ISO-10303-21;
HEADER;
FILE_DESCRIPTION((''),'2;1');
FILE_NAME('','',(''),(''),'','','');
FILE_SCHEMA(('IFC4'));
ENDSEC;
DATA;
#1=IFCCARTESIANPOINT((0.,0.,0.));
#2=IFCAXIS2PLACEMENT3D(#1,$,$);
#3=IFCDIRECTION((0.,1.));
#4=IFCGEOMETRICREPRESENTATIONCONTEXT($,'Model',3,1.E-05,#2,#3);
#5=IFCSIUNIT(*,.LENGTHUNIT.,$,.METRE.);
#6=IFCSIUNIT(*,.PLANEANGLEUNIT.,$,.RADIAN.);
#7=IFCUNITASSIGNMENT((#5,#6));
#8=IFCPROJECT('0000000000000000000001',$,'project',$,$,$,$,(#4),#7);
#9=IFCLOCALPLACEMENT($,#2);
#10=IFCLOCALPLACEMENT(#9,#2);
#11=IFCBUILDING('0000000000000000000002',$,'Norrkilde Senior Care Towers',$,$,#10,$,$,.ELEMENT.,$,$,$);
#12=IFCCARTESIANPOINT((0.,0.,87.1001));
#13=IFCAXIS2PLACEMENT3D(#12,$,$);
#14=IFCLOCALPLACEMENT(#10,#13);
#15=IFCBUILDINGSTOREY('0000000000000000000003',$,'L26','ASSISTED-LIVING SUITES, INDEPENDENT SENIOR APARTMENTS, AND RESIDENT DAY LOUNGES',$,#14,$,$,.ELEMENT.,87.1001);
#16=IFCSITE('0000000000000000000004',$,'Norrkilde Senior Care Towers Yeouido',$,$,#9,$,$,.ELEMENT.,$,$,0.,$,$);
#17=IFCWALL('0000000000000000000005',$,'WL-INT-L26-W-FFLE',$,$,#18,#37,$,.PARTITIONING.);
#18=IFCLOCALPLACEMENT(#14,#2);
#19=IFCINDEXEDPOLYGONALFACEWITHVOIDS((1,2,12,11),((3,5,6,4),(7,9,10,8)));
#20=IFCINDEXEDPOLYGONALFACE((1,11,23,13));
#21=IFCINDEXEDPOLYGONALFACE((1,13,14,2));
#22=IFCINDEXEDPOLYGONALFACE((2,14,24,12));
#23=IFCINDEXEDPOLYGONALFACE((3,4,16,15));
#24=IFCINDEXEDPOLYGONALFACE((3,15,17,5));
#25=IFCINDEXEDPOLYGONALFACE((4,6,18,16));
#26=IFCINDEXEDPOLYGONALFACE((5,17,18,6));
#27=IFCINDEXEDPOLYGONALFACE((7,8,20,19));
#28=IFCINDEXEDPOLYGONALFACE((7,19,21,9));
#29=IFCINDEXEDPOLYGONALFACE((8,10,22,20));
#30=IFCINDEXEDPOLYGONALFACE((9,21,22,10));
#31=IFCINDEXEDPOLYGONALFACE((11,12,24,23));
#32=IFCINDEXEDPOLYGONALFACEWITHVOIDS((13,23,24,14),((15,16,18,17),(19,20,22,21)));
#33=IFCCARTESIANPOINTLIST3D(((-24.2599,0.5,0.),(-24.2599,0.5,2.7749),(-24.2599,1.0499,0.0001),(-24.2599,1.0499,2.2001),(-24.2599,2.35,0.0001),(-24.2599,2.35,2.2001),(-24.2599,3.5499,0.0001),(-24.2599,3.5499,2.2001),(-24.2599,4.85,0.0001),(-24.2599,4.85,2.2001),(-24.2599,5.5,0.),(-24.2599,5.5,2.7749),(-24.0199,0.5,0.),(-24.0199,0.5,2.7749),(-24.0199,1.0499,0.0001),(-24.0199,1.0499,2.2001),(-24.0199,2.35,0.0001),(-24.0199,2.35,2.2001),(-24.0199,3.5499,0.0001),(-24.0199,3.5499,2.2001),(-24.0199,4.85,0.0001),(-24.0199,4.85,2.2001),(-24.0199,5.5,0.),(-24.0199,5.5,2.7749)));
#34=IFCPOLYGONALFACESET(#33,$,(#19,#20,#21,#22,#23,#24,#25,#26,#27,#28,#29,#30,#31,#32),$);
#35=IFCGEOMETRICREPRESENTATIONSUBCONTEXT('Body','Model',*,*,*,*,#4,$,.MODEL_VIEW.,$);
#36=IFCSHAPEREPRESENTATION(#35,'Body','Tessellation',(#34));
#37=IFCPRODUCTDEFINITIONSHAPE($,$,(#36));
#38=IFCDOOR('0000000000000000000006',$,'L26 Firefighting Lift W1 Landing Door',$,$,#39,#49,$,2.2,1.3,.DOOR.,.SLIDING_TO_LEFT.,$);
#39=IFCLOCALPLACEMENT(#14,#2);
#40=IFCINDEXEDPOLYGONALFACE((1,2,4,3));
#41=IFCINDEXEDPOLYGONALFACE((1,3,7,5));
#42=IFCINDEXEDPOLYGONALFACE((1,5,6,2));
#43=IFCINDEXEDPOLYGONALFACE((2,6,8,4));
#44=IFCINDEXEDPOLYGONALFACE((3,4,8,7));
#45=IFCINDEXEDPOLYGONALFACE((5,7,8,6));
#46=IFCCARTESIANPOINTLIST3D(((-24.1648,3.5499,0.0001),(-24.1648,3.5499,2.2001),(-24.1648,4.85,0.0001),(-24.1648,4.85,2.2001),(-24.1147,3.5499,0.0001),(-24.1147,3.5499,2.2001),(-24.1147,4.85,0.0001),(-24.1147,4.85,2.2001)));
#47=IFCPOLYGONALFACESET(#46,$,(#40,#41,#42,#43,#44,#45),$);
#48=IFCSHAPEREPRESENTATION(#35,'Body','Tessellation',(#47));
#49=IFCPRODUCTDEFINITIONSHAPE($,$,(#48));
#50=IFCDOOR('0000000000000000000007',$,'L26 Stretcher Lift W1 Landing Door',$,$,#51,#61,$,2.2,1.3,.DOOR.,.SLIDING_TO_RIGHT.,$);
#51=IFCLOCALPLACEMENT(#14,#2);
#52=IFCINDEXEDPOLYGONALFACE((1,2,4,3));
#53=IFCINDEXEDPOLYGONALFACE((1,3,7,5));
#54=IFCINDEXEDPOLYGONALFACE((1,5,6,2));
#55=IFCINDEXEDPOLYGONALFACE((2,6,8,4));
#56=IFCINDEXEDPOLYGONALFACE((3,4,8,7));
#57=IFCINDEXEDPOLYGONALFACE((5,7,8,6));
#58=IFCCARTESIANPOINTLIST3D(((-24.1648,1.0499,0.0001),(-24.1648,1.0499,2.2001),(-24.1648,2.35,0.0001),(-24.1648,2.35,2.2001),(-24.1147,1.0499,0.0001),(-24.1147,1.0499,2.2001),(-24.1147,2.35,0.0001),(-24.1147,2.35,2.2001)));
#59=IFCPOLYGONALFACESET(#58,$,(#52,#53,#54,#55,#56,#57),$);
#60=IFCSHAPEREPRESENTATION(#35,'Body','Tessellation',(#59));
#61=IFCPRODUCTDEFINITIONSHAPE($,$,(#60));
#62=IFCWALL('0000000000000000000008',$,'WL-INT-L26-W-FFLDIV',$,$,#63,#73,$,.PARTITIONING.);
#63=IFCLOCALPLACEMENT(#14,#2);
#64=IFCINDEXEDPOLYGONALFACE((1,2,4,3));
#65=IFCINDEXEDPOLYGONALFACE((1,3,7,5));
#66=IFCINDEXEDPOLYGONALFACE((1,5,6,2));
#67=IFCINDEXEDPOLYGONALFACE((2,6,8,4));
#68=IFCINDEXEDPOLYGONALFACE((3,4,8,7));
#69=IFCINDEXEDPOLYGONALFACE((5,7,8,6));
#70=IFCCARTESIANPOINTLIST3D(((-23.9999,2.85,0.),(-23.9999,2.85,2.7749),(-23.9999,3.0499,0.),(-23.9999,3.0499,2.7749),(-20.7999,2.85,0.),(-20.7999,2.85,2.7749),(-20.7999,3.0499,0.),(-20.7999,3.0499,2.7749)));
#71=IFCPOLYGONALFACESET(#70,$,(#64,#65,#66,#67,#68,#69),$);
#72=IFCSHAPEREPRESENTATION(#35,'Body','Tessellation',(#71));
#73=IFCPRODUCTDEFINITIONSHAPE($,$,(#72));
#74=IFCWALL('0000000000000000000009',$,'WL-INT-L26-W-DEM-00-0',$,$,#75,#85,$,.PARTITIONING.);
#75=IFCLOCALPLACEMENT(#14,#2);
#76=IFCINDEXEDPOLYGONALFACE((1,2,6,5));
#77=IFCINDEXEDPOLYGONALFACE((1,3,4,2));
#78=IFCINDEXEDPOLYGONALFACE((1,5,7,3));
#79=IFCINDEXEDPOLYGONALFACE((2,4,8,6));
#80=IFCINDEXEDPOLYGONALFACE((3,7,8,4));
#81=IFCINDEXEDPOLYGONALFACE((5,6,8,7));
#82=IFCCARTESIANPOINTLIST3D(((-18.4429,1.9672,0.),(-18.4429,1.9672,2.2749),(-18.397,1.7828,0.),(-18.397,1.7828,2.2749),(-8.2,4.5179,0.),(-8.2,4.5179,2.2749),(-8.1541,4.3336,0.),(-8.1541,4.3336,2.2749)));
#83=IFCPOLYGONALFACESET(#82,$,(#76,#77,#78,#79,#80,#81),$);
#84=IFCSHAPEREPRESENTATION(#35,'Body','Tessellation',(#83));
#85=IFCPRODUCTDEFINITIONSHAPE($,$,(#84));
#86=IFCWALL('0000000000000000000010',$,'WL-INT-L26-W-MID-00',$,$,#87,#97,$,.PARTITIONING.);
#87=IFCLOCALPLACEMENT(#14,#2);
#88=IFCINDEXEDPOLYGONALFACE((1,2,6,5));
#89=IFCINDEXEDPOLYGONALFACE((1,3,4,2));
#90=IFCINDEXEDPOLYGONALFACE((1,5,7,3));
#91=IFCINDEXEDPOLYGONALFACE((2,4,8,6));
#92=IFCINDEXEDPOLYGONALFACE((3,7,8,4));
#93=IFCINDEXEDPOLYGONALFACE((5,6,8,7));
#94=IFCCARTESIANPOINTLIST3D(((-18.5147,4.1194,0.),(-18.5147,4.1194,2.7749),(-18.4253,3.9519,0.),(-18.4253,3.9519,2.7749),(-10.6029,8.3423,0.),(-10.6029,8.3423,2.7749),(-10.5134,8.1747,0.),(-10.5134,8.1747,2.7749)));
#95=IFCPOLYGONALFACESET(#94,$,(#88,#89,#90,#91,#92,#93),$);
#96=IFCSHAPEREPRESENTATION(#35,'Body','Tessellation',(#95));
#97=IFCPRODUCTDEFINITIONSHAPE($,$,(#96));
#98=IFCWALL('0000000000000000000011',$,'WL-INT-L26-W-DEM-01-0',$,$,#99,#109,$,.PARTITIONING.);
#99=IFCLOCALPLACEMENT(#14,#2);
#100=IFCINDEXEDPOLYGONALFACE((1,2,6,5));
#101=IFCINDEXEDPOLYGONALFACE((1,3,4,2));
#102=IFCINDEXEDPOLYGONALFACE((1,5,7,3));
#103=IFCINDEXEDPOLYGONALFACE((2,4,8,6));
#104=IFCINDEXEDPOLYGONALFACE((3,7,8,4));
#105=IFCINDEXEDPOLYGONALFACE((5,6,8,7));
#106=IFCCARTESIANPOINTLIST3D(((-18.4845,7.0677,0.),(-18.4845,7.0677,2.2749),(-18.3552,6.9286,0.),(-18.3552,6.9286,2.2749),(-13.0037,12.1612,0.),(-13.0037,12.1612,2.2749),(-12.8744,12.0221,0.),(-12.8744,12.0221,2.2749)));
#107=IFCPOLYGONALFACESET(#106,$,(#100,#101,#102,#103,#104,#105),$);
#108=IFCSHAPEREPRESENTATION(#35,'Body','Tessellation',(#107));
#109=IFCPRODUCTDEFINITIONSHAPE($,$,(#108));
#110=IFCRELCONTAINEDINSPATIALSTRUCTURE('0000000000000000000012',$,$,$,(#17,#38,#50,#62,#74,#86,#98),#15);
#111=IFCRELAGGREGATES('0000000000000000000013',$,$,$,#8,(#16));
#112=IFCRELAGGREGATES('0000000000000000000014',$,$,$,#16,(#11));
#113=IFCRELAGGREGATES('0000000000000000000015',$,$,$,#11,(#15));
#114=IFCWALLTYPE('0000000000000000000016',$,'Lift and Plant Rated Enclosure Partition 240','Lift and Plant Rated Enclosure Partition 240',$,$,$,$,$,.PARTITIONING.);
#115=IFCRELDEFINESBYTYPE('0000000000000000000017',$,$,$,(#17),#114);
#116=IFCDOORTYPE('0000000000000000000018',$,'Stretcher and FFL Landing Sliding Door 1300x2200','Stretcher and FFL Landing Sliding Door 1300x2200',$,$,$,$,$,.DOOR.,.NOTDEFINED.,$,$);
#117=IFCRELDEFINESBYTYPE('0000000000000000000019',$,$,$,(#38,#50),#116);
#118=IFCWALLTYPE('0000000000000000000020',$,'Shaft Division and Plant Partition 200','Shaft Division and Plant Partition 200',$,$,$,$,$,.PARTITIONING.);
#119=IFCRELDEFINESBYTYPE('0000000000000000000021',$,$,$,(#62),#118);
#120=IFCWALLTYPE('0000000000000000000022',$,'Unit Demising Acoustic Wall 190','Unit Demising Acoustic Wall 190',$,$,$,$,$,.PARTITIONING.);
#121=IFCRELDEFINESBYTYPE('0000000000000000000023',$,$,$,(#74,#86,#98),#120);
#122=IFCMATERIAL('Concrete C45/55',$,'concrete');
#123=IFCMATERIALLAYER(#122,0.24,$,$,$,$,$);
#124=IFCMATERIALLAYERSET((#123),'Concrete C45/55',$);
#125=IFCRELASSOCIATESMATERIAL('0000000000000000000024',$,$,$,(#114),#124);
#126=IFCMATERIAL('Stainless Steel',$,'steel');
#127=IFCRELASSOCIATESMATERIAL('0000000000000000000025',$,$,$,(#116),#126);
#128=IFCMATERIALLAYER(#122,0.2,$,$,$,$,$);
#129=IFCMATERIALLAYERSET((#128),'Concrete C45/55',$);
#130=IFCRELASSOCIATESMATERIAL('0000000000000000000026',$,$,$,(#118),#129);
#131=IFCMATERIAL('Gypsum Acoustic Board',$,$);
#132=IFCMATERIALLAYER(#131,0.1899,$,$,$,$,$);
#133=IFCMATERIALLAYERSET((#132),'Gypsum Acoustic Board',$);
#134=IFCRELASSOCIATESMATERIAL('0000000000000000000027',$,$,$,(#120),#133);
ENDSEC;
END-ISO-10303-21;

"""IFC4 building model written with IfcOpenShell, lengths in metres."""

from ifc_helpers import new_model, si_unit, direction, frame, frame_2d, origin, place, context, subcontext, project, spatial, rectangle, extrude, source, transform, mapped, material, layer, layer_set, type_object, type_shapes, element, fill, save


model = new_model("IFC4")

# Units and contexts
model_context = context("Model", 3, precision=1e-05, world=origin(), true_north=direction((0.0, 1.0)))
body_context = subcontext(model_context, "Body", "Model", "MODEL_VIEW")
ifc_project = project(units=[si_unit("LENGTHUNIT", "METRE"), si_unit("PLANEANGLEUNIT", "RADIAN")], contexts=[model_context])

# Site, building, storey
site_placement = place(None, origin())
site = spatial("IfcSite", under=ifc_project, at=site_placement, Name="Norrkilde Senior Care Towers Yeouido", CompositionType="ELEMENT", RefElevation=0.0)
building_placement = place(site_placement, origin())
building = spatial("IfcBuilding", under=site, at=building_placement, Name="Norrkilde Senior Care Towers", CompositionType="ELEMENT")
storey_placement = place(building_placement, frame((0.0, 0.0, 87.1001)))
storey = spatial("IfcBuildingStorey", under=building, at=storey_placement, Name="L26", Description="ASSISTED-LIVING SUITES, INDEPENDENT SENIOR APARTMENTS, AND RESIDENT DAY LOUNGES", CompositionType="ELEMENT", Elevation=87.1001)

# Wall, openings, doors
ifc_material_1 = material(Name="Concrete C45/55", Category="concrete")
ifc_layer_1 = layer(ifc_material_1, 0.24)
ifc_layer_set_1 = layer_set([ifc_layer_1], Name="Concrete C45/55")
wall_type_1 = type_object("IfcWallType", Name="Lift and Plant Rated Enclosure Partition 240", Description="Lift and Plant Rated Enclosure Partition 240", PredefinedType="PARTITIONING", material=ifc_layer_set_1)
shared_shape_1 = source(origin(), body_context, "Body", "SweptSolid", [
    extrude(rectangle(XDim=5.0, YDim=0.24, at=frame_2d((2.5, 0.0))), origin(), (0.0, 0.0, 1.0), 2.7749),
])
type_shapes(wall_type_1, [shared_shape_1])
wall_1_placement = place(storey_placement, frame((-24.1399, 0.5, 0.0), z_axis=(0.0, 0.0, 1.0), x_axis=(0.0, 1.0, 0.0)))
wall_1 = element("IfcWall", 1, at=wall_1_placement, inside=storey, type_object=wall_type_1, Name="WL-INT-L26-W-FFLE", PredefinedType="PARTITIONING", context=body_context, shape_type="MappedRepresentation", body=[
    mapped(shared_shape_1, transform((0.0, 0.0, 0.0), x_axis=(1.0, 0.0, 0.0), y_axis=(0.0, 1.0, 0.0), z_axis=(0.0, 0.0, 1.0), scale=1.0)),
])
opening_1_placement = place(wall_1_placement, frame((3.05, 0.0, 0.0)))
opening_1 = element("IfcOpeningElement", 2, at=opening_1_placement, cuts=wall_1, PredefinedType="OPENING", context=body_context, shape_type="SweptSolid", body=[
    extrude(rectangle(XDim=1.3, YDim=2.2, at=frame_2d((0.6499, 1.1001))), frame((0.0, 0.1299, 0.0), z_axis=(0.0, -1.0, 0.0), x_axis=(1.0, 0.0, 0.0)), (0.0, 0.0, 1.0), 0.26),
])
opening_2_placement = place(wall_1_placement, frame((0.55, 0.0, 0.0)))
opening_2 = element("IfcOpeningElement", 3, at=opening_2_placement, cuts=wall_1, PredefinedType="OPENING", context=body_context, shape_type="SweptSolid", body=[
    extrude(rectangle(XDim=1.3, YDim=2.2, at=frame_2d((0.6499, 1.1001))), frame((0.0, 0.1299, 0.0), z_axis=(0.0, -1.0, 0.0), x_axis=(1.0, 0.0, 0.0)), (0.0, 0.0, 1.0), 0.26),
])
ifc_material_2 = material(Name="Stainless Steel", Category="steel")
door_type_1 = type_object("IfcDoorType", Name="Stretcher and FFL Landing Sliding Door 1300x2200", Description="Stretcher and FFL Landing Sliding Door 1300x2200", OperationType="NOTDEFINED", PredefinedType="DOOR", material=ifc_material_2)
shared_shape_2 = source(origin(), body_context, "Body", "SweptSolid", [
    extrude(rectangle(XDim=1.3, YDim=2.2, at=frame_2d((0.6499, 1.1001))), frame((0.0, 0.0249, 0.0), z_axis=(0.0, -1.0, 0.0), x_axis=(1.0, 0.0, 0.0)), (0.0, 0.0, 1.0), 0.05),
])
type_shapes(door_type_1, [shared_shape_2])
door_1_placement = place(opening_1_placement, origin())
door_1 = element("IfcDoor", 4, at=door_1_placement, inside=storey, type_object=door_type_1, Name="L26 Firefighting Lift W1 Landing Door", OperationType="SLIDING_TO_LEFT", OverallHeight=2.2, OverallWidth=1.3, PredefinedType="DOOR", context=body_context, shape_type="MappedRepresentation", body=[
    mapped(shared_shape_2, transform((0.0, 0.0, 0.0), x_axis=(1.0, 0.0, 0.0), y_axis=(0.0, 1.0, 0.0), z_axis=(0.0, 0.0, 1.0), scale=1.0)),
])
fill(opening_1, door_1)
door_2_placement = place(opening_2_placement, origin())
door_2 = element("IfcDoor", 5, at=door_2_placement, inside=storey, type_object=door_type_1, Name="L26 Stretcher Lift W1 Landing Door", OperationType="SLIDING_TO_RIGHT", OverallHeight=2.2, OverallWidth=1.3, PredefinedType="DOOR", context=body_context, shape_type="MappedRepresentation", body=[
    mapped(shared_shape_2, transform((0.0, 0.0, 0.0), x_axis=(1.0, 0.0, 0.0), y_axis=(0.0, 1.0, 0.0), z_axis=(0.0, 0.0, 1.0), scale=1.0)),
])
fill(opening_2, door_2)

# Wall
ifc_layer_2 = layer(ifc_material_1, 0.2)
ifc_layer_set_2 = layer_set([ifc_layer_2], Name="Concrete C45/55")
wall_type_2 = type_object("IfcWallType", Name="Shaft Division and Plant Partition 200", Description="Shaft Division and Plant Partition 200", PredefinedType="PARTITIONING", material=ifc_layer_set_2)
shared_shape_3 = source(origin(), body_context, "Body", "SweptSolid", [
    extrude(rectangle(XDim=3.2, YDim=0.2, at=frame_2d((1.6001, 0.0))), origin(), (0.0, 0.0, 1.0), 2.7749),
])
type_shapes(wall_type_2, [shared_shape_3])
wall_2_placement = place(storey_placement, frame((-24.0, 2.95, 0.0), z_axis=(0.0, 0.0, 1.0), x_axis=(1.0, 0.0, 0.0)))
element("IfcWall", 6, at=wall_2_placement, inside=storey, type_object=wall_type_2, Name="WL-INT-L26-W-FFLDIV", PredefinedType="PARTITIONING", context=body_context, shape_type="MappedRepresentation", body=[
    mapped(shared_shape_3, transform((0.0, 0.0, 0.0), x_axis=(1.0, 0.0, 0.0), y_axis=(0.0, 1.0, 0.0), z_axis=(0.0, 0.0, 1.0), scale=1.0)),
])

# Walls
ifc_material_3 = material(Name="Gypsum Acoustic Board")
ifc_layer_3 = layer(ifc_material_3, 0.1899)
ifc_layer_set_3 = layer_set([ifc_layer_3], Name="Gypsum Acoustic Board")
wall_type_3 = type_object("IfcWallType", Name="Unit Demising Acoustic Wall 190", Description="Unit Demising Acoustic Wall 190", PredefinedType="PARTITIONING", material=ifc_layer_set_3)
shared_shape_4 = source(origin(), body_context, "Body", "SweptSolid", [
    extrude(rectangle(XDim=10.5557, YDim=0.1899, at=frame_2d((5.2778, 0.0))), origin(), (0.0, 0.0, 1.0), 2.2749),
])
wall_3_placement = place(storey_placement, frame((-18.4199, 1.875, 0.0), z_axis=(0.0, 0.0, 1.0), x_axis=(0.970364, 0.241648, 0.0)))
element("IfcWall", 7, at=wall_3_placement, inside=storey, type_object=wall_type_3, Name="WL-INT-L26-W-DEM-00-0", PredefinedType="PARTITIONING", context=body_context, shape_type="MappedRepresentation", body=[
    mapped(shared_shape_4, transform((0.0, 0.0, 0.0), x_axis=(1.0, 0.0, 0.0), y_axis=(0.0, 1.0, 0.0), z_axis=(0.0, 0.0, 1.0), scale=1.0)),
])
shared_shape_5 = source(origin(), body_context, "Body", "SweptSolid", [
    extrude(rectangle(XDim=8.9683, YDim=0.1899, at=frame_2d((4.4841, 0.0))), origin(), (0.0, 0.0, 1.0), 2.7749),
])
wall_4_placement = place(storey_placement, frame((-18.47, 4.0356, 0.0), z_axis=(0.0, 0.0, 1.0), x_axis=(0.882203, 0.470869, 0.0)))
element("IfcWall", 8, at=wall_4_placement, inside=storey, type_object=wall_type_3, Name="WL-INT-L26-W-MID-00", PredefinedType="PARTITIONING", context=body_context, shape_type="MappedRepresentation", body=[
    mapped(shared_shape_5, transform((0.0, 0.0, 0.0), x_axis=(1.0, 0.0, 0.0), y_axis=(0.0, 1.0, 0.0), z_axis=(0.0, 0.0, 1.0), scale=1.0)),
])
shared_shape_6 = source(origin(), body_context, "Body", "SweptSolid", [
    extrude(rectangle(XDim=7.4822, YDim=0.1899, at=frame_2d((3.7412, 0.0))), origin(), (0.0, 0.0, 1.0), 2.2749),
])
type_shapes(wall_type_3, [shared_shape_4, shared_shape_5, shared_shape_6])
wall_5_placement = place(storey_placement, frame((-18.4199, 6.998, 0.0), z_axis=(0.0, 0.0, 1.0), x_axis=(0.732509, 0.680758, 0.0)))
element("IfcWall", 9, at=wall_5_placement, inside=storey, type_object=wall_type_3, Name="WL-INT-L26-W-DEM-01-0", PredefinedType="PARTITIONING", context=body_context, shape_type="MappedRepresentation", body=[
    mapped(shared_shape_6, transform((0.0, 0.0, 0.0), x_axis=(1.0, 0.0, 0.0), y_axis=(0.0, 1.0, 0.0), z_axis=(0.0, 0.0, 1.0), scale=1.0)),
])

save(model, "model.ifc")
